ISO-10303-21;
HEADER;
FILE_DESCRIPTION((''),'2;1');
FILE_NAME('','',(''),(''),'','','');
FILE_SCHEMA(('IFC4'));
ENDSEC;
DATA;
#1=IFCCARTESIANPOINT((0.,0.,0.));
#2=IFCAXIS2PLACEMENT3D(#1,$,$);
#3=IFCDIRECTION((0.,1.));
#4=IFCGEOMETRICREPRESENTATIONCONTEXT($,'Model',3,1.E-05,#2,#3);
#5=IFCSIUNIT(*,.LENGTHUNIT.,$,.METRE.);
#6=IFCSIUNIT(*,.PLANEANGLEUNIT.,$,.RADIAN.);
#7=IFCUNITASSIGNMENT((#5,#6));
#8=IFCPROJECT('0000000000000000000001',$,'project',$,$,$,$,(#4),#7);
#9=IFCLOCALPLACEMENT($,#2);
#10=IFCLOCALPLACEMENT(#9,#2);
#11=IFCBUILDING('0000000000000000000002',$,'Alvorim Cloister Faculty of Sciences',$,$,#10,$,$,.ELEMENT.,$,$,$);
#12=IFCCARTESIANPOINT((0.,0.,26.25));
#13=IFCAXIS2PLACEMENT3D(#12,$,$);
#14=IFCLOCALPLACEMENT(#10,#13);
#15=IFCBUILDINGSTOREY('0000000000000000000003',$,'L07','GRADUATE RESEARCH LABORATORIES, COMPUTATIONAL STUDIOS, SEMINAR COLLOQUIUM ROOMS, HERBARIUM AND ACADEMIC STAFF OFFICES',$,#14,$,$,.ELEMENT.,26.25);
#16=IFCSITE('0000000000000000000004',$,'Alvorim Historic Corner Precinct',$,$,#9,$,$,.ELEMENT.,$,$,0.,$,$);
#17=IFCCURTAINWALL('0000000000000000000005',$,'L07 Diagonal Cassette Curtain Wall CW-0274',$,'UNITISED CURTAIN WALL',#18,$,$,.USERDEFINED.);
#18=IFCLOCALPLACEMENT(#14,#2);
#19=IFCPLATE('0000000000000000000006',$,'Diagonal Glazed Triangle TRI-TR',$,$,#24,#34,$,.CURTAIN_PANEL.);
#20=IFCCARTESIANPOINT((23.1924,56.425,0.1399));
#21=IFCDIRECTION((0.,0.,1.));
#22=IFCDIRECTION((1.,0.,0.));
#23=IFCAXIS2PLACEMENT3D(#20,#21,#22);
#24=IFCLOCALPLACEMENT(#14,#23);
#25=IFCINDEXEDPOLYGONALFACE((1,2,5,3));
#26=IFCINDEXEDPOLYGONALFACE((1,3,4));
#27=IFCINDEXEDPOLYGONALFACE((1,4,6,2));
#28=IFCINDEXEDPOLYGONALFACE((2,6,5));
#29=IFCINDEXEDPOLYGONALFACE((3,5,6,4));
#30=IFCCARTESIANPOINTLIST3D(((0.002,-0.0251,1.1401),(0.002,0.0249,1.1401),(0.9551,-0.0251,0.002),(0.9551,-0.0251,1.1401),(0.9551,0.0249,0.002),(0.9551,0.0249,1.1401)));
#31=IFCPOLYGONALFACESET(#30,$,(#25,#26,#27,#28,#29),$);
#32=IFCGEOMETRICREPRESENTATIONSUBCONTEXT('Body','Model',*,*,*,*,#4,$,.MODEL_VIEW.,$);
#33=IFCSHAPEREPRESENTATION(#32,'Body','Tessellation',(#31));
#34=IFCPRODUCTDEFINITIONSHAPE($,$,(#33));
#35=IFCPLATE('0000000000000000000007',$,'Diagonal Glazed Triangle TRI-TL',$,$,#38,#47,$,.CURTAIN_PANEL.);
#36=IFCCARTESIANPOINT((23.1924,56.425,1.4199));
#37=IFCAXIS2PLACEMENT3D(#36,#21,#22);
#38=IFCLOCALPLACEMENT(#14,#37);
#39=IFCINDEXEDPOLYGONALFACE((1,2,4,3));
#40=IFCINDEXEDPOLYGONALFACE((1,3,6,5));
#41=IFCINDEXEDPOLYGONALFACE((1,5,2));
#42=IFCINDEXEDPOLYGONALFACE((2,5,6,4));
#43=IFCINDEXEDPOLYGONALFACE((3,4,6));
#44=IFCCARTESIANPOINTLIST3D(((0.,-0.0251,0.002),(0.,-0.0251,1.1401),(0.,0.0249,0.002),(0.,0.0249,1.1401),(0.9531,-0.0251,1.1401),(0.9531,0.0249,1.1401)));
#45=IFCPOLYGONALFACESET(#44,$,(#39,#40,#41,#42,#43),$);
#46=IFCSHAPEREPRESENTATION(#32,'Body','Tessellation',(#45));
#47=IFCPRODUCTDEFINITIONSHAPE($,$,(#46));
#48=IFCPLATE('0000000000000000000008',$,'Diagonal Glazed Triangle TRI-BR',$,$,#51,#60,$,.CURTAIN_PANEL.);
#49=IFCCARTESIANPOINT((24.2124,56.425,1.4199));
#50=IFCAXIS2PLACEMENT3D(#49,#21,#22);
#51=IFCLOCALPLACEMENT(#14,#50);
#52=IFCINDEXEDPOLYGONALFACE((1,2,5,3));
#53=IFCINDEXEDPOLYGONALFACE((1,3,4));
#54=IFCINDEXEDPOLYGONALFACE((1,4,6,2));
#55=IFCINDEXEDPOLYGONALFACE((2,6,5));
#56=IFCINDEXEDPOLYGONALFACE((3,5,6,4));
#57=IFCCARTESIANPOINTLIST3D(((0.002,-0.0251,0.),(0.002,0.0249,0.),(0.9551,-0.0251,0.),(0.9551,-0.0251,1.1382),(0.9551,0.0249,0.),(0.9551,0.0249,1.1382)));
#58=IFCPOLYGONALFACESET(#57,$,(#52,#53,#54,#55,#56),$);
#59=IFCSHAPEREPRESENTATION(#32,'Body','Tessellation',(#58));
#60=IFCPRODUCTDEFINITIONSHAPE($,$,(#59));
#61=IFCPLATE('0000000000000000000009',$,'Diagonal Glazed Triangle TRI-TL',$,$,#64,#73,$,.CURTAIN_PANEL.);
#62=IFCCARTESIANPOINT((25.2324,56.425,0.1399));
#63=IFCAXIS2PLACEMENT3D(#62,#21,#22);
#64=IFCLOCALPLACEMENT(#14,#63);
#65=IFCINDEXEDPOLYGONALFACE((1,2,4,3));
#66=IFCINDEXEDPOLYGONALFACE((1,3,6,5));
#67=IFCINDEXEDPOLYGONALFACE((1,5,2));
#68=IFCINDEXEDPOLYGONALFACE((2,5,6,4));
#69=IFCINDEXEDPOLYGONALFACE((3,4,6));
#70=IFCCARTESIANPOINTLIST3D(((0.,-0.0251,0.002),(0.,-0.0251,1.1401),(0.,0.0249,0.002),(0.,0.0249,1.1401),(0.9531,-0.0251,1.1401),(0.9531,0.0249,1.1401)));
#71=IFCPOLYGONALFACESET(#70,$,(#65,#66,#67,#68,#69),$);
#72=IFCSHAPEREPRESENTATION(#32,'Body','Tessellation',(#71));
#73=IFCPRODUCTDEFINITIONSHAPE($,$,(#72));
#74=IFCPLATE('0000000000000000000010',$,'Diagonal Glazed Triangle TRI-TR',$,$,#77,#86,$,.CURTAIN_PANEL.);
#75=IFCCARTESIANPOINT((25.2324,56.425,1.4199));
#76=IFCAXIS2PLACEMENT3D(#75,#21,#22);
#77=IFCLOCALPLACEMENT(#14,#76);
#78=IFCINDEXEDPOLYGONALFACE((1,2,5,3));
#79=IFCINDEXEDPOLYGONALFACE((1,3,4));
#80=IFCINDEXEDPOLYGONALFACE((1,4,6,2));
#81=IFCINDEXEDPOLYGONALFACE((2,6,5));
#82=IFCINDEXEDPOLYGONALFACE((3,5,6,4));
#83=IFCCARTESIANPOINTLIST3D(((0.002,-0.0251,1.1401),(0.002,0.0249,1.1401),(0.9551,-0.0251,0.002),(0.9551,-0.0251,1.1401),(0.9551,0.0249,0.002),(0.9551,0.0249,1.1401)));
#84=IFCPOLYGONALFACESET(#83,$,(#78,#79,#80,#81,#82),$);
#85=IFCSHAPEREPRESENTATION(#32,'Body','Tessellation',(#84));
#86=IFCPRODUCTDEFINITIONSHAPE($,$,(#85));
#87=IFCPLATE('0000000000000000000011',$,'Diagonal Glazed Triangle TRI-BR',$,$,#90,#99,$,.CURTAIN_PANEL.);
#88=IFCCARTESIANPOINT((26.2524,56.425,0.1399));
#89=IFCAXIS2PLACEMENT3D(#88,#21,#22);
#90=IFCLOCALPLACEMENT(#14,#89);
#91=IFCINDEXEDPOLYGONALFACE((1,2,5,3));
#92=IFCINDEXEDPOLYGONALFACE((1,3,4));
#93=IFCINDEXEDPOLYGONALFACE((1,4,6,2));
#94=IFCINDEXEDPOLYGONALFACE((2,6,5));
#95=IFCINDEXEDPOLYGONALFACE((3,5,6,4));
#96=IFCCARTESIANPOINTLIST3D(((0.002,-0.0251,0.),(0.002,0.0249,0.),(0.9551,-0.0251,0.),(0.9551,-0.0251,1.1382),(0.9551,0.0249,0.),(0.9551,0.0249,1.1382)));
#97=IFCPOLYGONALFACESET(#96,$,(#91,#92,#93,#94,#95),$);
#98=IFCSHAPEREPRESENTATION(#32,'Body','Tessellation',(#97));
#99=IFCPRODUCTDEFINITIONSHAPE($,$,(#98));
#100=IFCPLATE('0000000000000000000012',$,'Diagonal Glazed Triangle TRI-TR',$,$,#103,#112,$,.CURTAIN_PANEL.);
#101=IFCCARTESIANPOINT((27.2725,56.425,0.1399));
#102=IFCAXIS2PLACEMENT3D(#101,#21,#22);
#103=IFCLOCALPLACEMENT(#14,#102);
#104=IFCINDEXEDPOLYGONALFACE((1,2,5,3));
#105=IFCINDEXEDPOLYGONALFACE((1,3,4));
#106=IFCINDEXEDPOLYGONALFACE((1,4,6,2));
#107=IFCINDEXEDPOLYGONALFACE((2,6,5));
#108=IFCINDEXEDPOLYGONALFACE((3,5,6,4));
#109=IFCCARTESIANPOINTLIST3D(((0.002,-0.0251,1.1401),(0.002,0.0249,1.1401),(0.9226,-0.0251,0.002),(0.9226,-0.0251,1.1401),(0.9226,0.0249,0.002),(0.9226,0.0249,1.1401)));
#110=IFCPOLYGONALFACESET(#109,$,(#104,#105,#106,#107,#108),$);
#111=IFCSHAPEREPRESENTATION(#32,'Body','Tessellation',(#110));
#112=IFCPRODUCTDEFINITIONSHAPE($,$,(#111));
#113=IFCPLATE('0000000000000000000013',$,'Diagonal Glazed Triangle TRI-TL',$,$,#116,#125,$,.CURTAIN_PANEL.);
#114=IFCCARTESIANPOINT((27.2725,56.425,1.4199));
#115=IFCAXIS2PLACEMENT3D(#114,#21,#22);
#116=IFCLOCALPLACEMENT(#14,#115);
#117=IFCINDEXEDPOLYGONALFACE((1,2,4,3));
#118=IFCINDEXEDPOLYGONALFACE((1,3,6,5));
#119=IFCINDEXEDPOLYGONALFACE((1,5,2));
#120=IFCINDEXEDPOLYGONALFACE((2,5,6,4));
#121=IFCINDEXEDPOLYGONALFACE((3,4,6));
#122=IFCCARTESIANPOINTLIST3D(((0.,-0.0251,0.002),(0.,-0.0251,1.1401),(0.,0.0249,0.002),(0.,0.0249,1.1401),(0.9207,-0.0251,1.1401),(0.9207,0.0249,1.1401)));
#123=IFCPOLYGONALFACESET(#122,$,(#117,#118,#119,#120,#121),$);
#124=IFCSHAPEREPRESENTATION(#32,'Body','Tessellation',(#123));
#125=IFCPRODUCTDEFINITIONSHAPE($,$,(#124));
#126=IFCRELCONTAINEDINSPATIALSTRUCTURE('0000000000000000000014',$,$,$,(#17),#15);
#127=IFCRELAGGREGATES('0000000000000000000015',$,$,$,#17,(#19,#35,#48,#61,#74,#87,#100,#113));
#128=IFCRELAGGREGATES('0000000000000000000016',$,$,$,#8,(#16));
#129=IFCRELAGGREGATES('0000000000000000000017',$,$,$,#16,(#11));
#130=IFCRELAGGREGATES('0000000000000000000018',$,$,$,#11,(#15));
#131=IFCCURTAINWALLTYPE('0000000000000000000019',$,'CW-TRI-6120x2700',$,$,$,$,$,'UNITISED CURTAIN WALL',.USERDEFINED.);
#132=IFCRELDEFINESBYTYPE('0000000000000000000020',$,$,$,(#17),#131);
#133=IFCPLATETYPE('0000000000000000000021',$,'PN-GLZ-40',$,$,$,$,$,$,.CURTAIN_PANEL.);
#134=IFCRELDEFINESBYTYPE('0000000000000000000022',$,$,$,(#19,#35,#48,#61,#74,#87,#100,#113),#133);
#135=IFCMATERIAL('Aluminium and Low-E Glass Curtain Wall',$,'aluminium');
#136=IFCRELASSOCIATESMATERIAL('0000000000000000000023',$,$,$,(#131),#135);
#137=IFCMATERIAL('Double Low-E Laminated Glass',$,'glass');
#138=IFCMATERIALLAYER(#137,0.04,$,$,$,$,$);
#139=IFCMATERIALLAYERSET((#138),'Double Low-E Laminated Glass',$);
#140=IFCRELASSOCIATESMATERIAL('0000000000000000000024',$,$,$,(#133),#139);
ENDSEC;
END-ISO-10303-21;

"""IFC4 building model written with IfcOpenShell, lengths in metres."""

from ifc_helpers import new_model, si_unit, direction, frame, origin, place, context, subcontext, project, spatial, polyline, outline, extrude, material, layer, layer_set, type_object, element, aggregate, save


model = new_model("IFC4")

# Units and contexts
model_context = context("Model", 3, precision=1e-05, world=origin(), true_north=direction((0.0, 1.0)))
body_context = subcontext(model_context, "Body", "Model", "MODEL_VIEW")
ifc_project = project(units=[si_unit("LENGTHUNIT", "METRE"), si_unit("PLANEANGLEUNIT", "RADIAN")], contexts=[model_context])

# Site, building, storey
site_placement = place(None, origin())
site = spatial("IfcSite", under=ifc_project, at=site_placement, Name="Alvorim Historic Corner Precinct", CompositionType="ELEMENT", RefElevation=0.0)
building_placement = place(site_placement, origin())
building = spatial("IfcBuilding", under=site, at=building_placement, Name="Alvorim Cloister Faculty of Sciences", CompositionType="ELEMENT")
storey_placement = place(building_placement, frame((0.0, 0.0, 26.25)))
storey = spatial("IfcBuildingStorey", under=building, at=storey_placement, Name="L07", Description="GRADUATE RESEARCH LABORATORIES, COMPUTATIONAL STUDIOS, SEMINAR COLLOQUIUM ROOMS, HERBARIUM AND ACADEMIC STAFF OFFICES", CompositionType="ELEMENT", Elevation=26.25)

# Curtain wall, plates
ifc_material_1 = material(Name="Aluminium and Low-E Glass Curtain Wall", Category="aluminium")
curtain_wall_type = type_object("IfcCurtainWallType", Name="CW-TRI-6120x2700", ElementType="UNITISED CURTAIN WALL", PredefinedType="USERDEFINED", material=ifc_material_1)
curtain_wall_placement = place(storey_placement, origin())
curtain_wall = element("IfcCurtainWall", 1, at=curtain_wall_placement, inside=storey, type_object=curtain_wall_type, Name="L07 Diagonal Cassette Curtain Wall CW-0274", ObjectType="UNITISED CURTAIN WALL", PredefinedType="USERDEFINED")
ifc_material_2 = material(Name="Double Low-E Laminated Glass", Category="glass")
ifc_layer = layer(ifc_material_2, 0.04)
ifc_layer_set = layer_set([ifc_layer], Name="Double Low-E Laminated Glass")
plate_type = type_object("IfcPlateType", Name="PN-GLZ-40", PredefinedType="CURTAIN_PANEL", material=ifc_layer_set)
plate_1_placement = place(storey_placement, frame((23.1924, 56.425, 0.1399), z_axis=(0.0, 0.0, 1.0), x_axis=(1.0, 0.0, 0.0)))
plate_1 = element("IfcPlate", 2, at=plate_1_placement, type_object=plate_type, Name="Diagonal Glazed Triangle TRI-TR", PredefinedType="CURTAIN_PANEL", context=body_context, shape_type="SweptSolid", body=[
    extrude(outline(polyline([(0.9551, 0.002), (0.9551, 1.1401), (0.002, 1.1401), (0.9551, 0.002)])), frame((0.0, 0.0249, 0.0), z_axis=(0.0, -1.0, 0.0), x_axis=(1.0, 0.0, 0.0)), (0.0, 0.0, 1.0), 0.05),
])
plate_2_placement = place(storey_placement, frame((23.1924, 56.425, 1.4199), z_axis=(0.0, 0.0, 1.0), x_axis=(1.0, 0.0, 0.0)))
plate_2 = element("IfcPlate", 3, at=plate_2_placement, type_object=plate_type, Name="Diagonal Glazed Triangle TRI-TL", PredefinedType="CURTAIN_PANEL", context=body_context, shape_type="SweptSolid", body=[
    extrude(outline(polyline([(0.9531, 1.1401), (0.0, 1.1401), (0.0, 0.002), (0.9531, 1.1401)])), frame((0.0, 0.0249, 0.0), z_axis=(0.0, -1.0, 0.0), x_axis=(1.0, 0.0, 0.0)), (0.0, 0.0, 1.0), 0.05),
])
plate_3_placement = place(storey_placement, frame((24.2124, 56.425, 1.4199), z_axis=(0.0, 0.0, 1.0), x_axis=(1.0, 0.0, 0.0)))
plate_3 = element("IfcPlate", 4, at=plate_3_placement, type_object=plate_type, Name="Diagonal Glazed Triangle TRI-BR", PredefinedType="CURTAIN_PANEL", context=body_context, shape_type="SweptSolid", body=[
    extrude(outline(polyline([(0.002, 0.0), (0.9551, 0.0), (0.9551, 1.1382), (0.002, 0.0)])), frame((0.0, 0.0249, 0.0), z_axis=(0.0, -1.0, 0.0), x_axis=(1.0, 0.0, 0.0)), (0.0, 0.0, 1.0), 0.05),
])
plate_4_placement = place(storey_placement, frame((25.2324, 56.425, 0.1399), z_axis=(0.0, 0.0, 1.0), x_axis=(1.0, 0.0, 0.0)))
plate_4 = element("IfcPlate", 5, at=plate_4_placement, type_object=plate_type, Name="Diagonal Glazed Triangle TRI-TL", PredefinedType="CURTAIN_PANEL", context=body_context, shape_type="SweptSolid", body=[
    extrude(outline(polyline([(0.9531, 1.1401), (0.0, 1.1401), (0.0, 0.002), (0.9531, 1.1401)])), frame((0.0, 0.0249, 0.0), z_axis=(0.0, -1.0, 0.0), x_axis=(1.0, 0.0, 0.0)), (0.0, 0.0, 1.0), 0.05),
])
plate_5_placement = place(storey_placement, frame((25.2324, 56.425, 1.4199), z_axis=(0.0, 0.0, 1.0), x_axis=(1.0, 0.0, 0.0)))
plate_5 = element("IfcPlate", 6, at=plate_5_placement, type_object=plate_type, Name="Diagonal Glazed Triangle TRI-TR", PredefinedType="CURTAIN_PANEL", context=body_context, shape_type="SweptSolid", body=[
    extrude(outline(polyline([(0.9551, 0.002), (0.9551, 1.1401), (0.002, 1.1401), (0.9551, 0.002)])), frame((0.0, 0.0249, 0.0), z_axis=(0.0, -1.0, 0.0), x_axis=(1.0, 0.0, 0.0)), (0.0, 0.0, 1.0), 0.05),
])
plate_6_placement = place(storey_placement, frame((26.2524, 56.425, 0.1399), z_axis=(0.0, 0.0, 1.0), x_axis=(1.0, 0.0, 0.0)))
plate_6 = element("IfcPlate", 7, at=plate_6_placement, type_object=plate_type, Name="Diagonal Glazed Triangle TRI-BR", PredefinedType="CURTAIN_PANEL", context=body_context, shape_type="SweptSolid", body=[
    extrude(outline(polyline([(0.002, 0.0), (0.9551, 0.0), (0.9551, 1.1382), (0.002, 0.0)])), frame((0.0, 0.0249, 0.0), z_axis=(0.0, -1.0, 0.0), x_axis=(1.0, 0.0, 0.0)), (0.0, 0.0, 1.0), 0.05),
])
plate_7_placement = place(storey_placement, frame((27.2725, 56.425, 0.1399), z_axis=(0.0, 0.0, 1.0), x_axis=(1.0, 0.0, 0.0)))
plate_7 = element("IfcPlate", 8, at=plate_7_placement, type_object=plate_type, Name="Diagonal Glazed Triangle TRI-TR", PredefinedType="CURTAIN_PANEL", context=body_context, shape_type="SweptSolid", body=[
    extrude(outline(polyline([(0.9226, 0.002), (0.9226, 1.1401), (0.002, 1.1401), (0.9226, 0.002)])), frame((0.0, 0.0249, 0.0), z_axis=(0.0, -1.0, 0.0), x_axis=(1.0, 0.0, 0.0)), (0.0, 0.0, 1.0), 0.05),
])
plate_8_placement = place(storey_placement, frame((27.2725, 56.425, 1.4199), z_axis=(0.0, 0.0, 1.0), x_axis=(1.0, 0.0, 0.0)))
plate_8 = element("IfcPlate", 9, at=plate_8_placement, type_object=plate_type, Name="Diagonal Glazed Triangle TRI-TL", PredefinedType="CURTAIN_PANEL", context=body_context, shape_type="SweptSolid", body=[
    extrude(outline(polyline([(0.9207, 1.1401), (0.0, 1.1401), (0.0, 0.002), (0.9207, 1.1401)])), frame((0.0, 0.0249, 0.0), z_axis=(0.0, -1.0, 0.0), x_axis=(1.0, 0.0, 0.0)), (0.0, 0.0, 1.0), 0.05),
])
aggregate(curtain_wall, [plate_1, plate_2, plate_3, plate_4, plate_5, plate_6, plate_7, plate_8])

save(model, "model.ifc")
